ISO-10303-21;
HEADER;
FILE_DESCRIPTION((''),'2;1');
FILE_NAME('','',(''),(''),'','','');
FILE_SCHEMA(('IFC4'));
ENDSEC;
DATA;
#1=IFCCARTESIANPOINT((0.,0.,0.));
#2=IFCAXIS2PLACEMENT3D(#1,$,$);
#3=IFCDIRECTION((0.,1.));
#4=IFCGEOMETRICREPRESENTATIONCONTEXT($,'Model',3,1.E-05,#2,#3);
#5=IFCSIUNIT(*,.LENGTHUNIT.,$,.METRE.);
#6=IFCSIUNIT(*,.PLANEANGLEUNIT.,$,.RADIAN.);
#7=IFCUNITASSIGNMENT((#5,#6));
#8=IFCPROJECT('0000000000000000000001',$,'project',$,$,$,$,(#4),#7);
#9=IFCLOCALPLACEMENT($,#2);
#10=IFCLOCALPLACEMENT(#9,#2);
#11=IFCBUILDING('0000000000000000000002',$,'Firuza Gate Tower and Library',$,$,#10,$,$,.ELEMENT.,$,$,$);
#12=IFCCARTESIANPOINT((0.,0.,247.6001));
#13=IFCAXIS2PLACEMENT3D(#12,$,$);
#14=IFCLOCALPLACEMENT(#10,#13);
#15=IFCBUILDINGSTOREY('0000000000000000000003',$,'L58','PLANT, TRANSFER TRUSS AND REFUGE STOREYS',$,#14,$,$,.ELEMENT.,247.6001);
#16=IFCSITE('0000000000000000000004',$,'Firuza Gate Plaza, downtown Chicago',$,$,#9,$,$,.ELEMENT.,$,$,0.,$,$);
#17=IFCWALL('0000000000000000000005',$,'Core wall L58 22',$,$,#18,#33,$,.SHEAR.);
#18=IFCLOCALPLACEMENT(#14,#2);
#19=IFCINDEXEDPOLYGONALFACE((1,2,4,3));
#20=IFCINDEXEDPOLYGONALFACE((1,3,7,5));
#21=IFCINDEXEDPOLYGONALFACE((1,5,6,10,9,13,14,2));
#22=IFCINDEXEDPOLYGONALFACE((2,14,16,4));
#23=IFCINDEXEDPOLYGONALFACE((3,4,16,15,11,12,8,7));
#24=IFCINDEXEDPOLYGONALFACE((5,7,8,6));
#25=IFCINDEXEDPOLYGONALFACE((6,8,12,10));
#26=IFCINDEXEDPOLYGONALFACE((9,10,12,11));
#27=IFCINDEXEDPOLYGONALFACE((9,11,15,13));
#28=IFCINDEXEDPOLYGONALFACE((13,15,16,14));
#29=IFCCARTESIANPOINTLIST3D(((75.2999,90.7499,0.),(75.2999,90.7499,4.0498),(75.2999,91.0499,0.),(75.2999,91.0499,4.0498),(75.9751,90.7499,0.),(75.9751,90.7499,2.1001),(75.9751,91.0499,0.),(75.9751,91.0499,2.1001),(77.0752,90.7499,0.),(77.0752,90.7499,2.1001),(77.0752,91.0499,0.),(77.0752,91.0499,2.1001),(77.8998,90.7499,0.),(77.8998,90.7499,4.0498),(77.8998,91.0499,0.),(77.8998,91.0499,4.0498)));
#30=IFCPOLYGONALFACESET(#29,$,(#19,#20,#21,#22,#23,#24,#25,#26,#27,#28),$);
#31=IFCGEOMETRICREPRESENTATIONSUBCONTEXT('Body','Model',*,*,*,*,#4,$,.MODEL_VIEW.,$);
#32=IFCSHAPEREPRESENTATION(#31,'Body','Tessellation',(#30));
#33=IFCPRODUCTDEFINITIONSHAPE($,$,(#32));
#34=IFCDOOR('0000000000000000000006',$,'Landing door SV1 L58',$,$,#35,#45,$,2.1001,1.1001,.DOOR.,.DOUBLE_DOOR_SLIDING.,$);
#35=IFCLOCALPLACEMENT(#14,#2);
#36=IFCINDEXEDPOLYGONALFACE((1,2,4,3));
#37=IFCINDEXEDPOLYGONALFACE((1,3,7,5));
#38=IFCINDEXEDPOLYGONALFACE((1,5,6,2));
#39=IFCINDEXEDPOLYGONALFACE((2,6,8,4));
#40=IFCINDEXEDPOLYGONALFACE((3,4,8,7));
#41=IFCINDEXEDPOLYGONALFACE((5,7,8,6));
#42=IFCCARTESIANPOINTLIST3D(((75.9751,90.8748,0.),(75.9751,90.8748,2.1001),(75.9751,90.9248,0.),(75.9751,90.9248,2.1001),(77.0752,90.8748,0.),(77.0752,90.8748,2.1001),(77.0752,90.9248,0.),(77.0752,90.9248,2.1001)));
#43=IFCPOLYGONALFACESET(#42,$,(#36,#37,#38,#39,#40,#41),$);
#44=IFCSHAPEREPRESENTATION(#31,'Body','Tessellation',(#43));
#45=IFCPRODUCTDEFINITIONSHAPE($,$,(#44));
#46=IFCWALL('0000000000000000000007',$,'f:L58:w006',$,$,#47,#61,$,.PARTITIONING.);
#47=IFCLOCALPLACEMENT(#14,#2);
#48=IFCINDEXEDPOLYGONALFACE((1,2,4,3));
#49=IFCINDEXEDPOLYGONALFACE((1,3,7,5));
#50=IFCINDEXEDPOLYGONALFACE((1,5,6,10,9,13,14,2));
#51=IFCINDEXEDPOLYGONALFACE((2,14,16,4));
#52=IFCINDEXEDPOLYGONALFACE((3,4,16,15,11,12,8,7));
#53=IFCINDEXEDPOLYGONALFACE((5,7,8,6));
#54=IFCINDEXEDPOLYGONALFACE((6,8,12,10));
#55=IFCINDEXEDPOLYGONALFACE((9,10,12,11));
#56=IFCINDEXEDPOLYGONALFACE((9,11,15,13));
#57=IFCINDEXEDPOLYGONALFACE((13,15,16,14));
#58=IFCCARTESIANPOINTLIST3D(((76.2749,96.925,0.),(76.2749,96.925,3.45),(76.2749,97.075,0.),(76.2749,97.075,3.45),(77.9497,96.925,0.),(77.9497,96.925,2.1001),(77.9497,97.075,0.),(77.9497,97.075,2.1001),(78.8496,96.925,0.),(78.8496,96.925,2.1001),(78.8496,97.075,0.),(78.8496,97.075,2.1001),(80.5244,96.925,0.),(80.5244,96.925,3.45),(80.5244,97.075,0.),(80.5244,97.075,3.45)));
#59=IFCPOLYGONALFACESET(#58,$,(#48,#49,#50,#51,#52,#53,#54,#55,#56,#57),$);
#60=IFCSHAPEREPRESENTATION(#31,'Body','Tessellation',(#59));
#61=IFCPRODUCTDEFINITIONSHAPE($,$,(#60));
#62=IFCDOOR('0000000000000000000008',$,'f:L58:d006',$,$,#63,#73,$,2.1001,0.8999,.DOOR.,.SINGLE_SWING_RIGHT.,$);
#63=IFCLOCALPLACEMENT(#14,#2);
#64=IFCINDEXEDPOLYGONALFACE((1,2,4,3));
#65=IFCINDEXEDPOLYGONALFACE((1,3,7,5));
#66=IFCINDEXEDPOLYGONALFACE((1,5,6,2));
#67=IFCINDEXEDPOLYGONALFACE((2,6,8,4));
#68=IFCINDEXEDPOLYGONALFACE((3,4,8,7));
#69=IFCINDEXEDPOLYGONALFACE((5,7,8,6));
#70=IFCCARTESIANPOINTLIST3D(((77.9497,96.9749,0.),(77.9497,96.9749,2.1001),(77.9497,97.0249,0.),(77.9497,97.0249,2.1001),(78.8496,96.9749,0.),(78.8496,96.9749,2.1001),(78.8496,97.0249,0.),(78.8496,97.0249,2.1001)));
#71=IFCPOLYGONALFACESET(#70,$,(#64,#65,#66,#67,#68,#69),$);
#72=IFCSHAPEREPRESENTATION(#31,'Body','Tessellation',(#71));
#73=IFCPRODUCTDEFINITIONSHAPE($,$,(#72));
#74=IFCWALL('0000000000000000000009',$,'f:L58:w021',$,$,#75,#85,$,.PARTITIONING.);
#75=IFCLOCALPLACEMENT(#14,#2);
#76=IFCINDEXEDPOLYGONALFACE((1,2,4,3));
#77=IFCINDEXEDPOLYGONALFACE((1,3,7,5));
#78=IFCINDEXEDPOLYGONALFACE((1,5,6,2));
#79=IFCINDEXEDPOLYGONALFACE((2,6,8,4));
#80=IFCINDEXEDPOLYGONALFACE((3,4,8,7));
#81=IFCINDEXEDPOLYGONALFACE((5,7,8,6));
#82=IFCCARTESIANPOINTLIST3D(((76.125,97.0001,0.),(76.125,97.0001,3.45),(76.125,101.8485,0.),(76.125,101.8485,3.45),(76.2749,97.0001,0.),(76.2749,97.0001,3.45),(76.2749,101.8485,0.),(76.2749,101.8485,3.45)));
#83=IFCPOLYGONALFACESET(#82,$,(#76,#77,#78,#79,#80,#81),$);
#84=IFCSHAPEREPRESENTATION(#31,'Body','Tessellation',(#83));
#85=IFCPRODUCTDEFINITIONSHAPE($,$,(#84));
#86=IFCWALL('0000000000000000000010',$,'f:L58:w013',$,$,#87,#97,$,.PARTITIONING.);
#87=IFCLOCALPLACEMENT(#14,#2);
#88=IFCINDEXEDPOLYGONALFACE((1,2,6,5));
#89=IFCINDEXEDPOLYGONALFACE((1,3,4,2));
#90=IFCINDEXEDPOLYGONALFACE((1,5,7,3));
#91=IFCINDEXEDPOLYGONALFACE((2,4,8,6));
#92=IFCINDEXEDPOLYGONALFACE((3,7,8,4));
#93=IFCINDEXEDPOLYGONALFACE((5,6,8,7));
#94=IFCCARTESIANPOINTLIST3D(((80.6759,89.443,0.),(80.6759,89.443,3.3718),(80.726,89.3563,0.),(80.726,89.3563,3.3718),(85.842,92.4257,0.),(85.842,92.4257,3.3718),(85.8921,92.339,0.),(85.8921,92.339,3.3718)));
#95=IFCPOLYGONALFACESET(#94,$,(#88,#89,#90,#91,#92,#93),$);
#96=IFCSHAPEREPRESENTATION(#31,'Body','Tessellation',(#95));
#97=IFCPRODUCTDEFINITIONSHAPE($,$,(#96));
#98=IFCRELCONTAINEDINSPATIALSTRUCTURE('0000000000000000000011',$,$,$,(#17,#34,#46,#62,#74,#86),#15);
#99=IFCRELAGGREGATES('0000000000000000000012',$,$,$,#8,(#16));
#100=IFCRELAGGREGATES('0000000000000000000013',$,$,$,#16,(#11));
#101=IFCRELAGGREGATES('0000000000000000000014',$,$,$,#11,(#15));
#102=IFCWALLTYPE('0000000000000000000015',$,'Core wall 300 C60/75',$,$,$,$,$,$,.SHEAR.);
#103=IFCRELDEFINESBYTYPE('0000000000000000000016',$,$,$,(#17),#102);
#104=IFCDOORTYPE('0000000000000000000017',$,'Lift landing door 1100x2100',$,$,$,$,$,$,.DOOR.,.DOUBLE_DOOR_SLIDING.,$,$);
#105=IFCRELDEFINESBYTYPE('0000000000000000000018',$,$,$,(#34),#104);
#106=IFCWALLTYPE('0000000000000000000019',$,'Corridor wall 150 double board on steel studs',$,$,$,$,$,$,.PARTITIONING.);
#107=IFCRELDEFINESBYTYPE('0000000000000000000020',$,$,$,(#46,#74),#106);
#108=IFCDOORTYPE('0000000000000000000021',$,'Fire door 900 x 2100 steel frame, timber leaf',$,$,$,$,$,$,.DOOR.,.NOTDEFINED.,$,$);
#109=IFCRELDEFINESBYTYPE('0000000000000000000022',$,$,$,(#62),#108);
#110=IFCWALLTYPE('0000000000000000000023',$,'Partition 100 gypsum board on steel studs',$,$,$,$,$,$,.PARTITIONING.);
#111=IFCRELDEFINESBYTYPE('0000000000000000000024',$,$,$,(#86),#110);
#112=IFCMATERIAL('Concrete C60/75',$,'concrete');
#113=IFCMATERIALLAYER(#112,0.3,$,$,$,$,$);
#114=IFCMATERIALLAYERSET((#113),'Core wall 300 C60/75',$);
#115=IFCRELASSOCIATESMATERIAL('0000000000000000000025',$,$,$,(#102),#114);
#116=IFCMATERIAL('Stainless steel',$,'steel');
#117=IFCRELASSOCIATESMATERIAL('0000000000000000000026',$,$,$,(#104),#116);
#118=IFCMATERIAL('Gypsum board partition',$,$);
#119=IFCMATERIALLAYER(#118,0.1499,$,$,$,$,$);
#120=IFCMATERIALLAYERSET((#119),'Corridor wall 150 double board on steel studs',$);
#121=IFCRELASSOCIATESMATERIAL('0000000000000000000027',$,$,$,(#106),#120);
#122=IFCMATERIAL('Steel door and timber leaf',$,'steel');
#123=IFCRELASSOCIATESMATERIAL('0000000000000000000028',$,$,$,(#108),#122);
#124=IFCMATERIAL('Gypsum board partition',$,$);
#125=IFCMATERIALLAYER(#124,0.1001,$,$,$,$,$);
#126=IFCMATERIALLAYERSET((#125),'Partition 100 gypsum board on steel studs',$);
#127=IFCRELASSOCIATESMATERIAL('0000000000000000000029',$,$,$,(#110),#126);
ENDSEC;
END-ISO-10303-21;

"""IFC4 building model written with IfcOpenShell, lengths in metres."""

from ifc_helpers import new_model, si_unit, direction, frame, frame_2d, origin, place, context, subcontext, project, spatial, rectangle, extrude, material, layer, layer_set, type_object, element, fill, save


model = new_model("IFC4")

# Units and contexts
model_context = context("Model", 3, precision=1e-05, world=origin(), true_north=direction((0.0, 1.0)))
body_context = subcontext(model_context, "Body", "Model", "MODEL_VIEW")
ifc_project = project(units=[si_unit("LENGTHUNIT", "METRE"), si_unit("PLANEANGLEUNIT", "RADIAN")], contexts=[model_context])

# Site, building, storey
site_placement = place(None, origin())
site = spatial("IfcSite", under=ifc_project, at=site_placement, Name="Firuza Gate Plaza, downtown Chicago", CompositionType="ELEMENT", RefElevation=0.0)
building_placement = place(site_placement, origin())
building = spatial("IfcBuilding", under=site, at=building_placement, Name="Firuza Gate Tower and Library", CompositionType="ELEMENT")
storey_placement = place(building_placement, frame((0.0, 0.0, 247.6001)))
storey = spatial("IfcBuildingStorey", under=building, at=storey_placement, Name="L58", Description="PLANT, TRANSFER TRUSS AND REFUGE STOREYS", CompositionType="ELEMENT", Elevation=247.6001)

# Walls, openings, doors
ifc_material_1 = material(Name="Concrete C60/75", Category="concrete")
ifc_layer_1 = layer(ifc_material_1, 0.3)
ifc_layer_set_1 = layer_set([ifc_layer_1], Name="Core wall 300 C60/75")
wall_type_1 = type_object("IfcWallType", Name="Core wall 300 C60/75", PredefinedType="SHEAR", material=ifc_layer_set_1)
wall_1_placement = place(storey_placement, frame((75.3, 90.8999, 0.0), z_axis=(0.0, 0.0, 1.0), x_axis=(1.0, 0.0, 0.0)))
wall_1 = element("IfcWall", 1, at=wall_1_placement, inside=storey, type_object=wall_type_1, Name="Core wall L58 22", PredefinedType="SHEAR", context=body_context, shape_type="SweptSolid", body=[
    extrude(rectangle(XDim=2.5999, YDim=0.3, at=frame_2d((1.2998, 0.0))), origin(), (0.0, 0.0, 1.0), 4.0498),
])
opening_1_placement = place(wall_1_placement, frame((0.675, 0.0, 0.0)))
opening_1 = element("IfcOpeningElement", 2, at=opening_1_placement, cuts=wall_1, PredefinedType="OPENING", context=body_context, shape_type="SweptSolid", body=[
    extrude(rectangle(XDim=1.1001, YDim=2.1001, at=frame_2d((0.55, 1.05))), frame((0.0, 0.1602, 0.0), z_axis=(0.0, -1.0, 0.0), x_axis=(1.0, 0.0, 0.0)), (0.0, 0.0, 1.0), 0.3201),
])
ifc_material_2 = material(Name="Stainless steel", Category="steel")
door_type_1 = type_object("IfcDoorType", Name="Lift landing door 1100x2100", OperationType="DOUBLE_DOOR_SLIDING", PredefinedType="DOOR", material=ifc_material_2)
door_1_placement = place(opening_1_placement, origin())
door_1 = element("IfcDoor", 3, at=door_1_placement, inside=storey, type_object=door_type_1, Name="Landing door SV1 L58", OperationType="DOUBLE_DOOR_SLIDING", OverallHeight=2.1001, OverallWidth=1.1001, PredefinedType="DOOR", context=body_context, shape_type="SweptSolid", body=[
    extrude(rectangle(XDim=1.1001, YDim=2.1001, at=frame_2d((0.55, 1.05))), frame((0.0, 0.0249, 0.0), z_axis=(0.0, -1.0, 0.0), x_axis=(1.0, 0.0, 0.0)), (0.0, 0.0, 1.0), 0.05),
])
fill(opening_1, door_1)
ifc_material_3 = material(Name="Gypsum board partition")
ifc_layer_2 = layer(ifc_material_3, 0.1499)
ifc_layer_set_2 = layer_set([ifc_layer_2], Name="Corridor wall 150 double board on steel studs")
wall_type_2 = type_object("IfcWallType", Name="Corridor wall 150 double board on steel studs", PredefinedType="PARTITIONING", material=ifc_layer_set_2)
wall_2_placement = place(storey_placement, frame((76.2749, 97.0, 0.0), z_axis=(0.0, 0.0, 1.0), x_axis=(1.0, 0.0, 0.0)))
wall_2 = element("IfcWall", 4, at=wall_2_placement, inside=storey, type_object=wall_type_2, Name="f:L58:w006", PredefinedType="PARTITIONING", context=body_context, shape_type="SweptSolid", body=[
    extrude(rectangle(XDim=4.2495, YDim=0.1499, at=frame_2d((2.1248, 0.0))), origin(), (0.0, 0.0, 1.0), 3.45),
])
opening_2_placement = place(wall_2_placement, frame((1.6748, 0.0, 0.0)))
opening_2 = element("IfcOpeningElement", 5, at=opening_2_placement, cuts=wall_2, PredefinedType="OPENING", context=body_context, shape_type="SweptSolid", body=[
    extrude(rectangle(XDim=0.8999, YDim=2.1001, at=frame_2d((0.45, 1.05))), frame((0.0, 0.085, 0.0), z_axis=(0.0, -1.0, 0.0), x_axis=(1.0, 0.0, 0.0)), (0.0, 0.0, 1.0), 0.1699),
])
ifc_material_4 = material(Name="Steel door and timber leaf", Category="steel")
door_type_2 = type_object("IfcDoorType", Name="Fire door 900 x 2100 steel frame, timber leaf", OperationType="NOTDEFINED", PredefinedType="DOOR", material=ifc_material_4)
door_2_placement = place(opening_2_placement, origin())
door_2 = element("IfcDoor", 6, at=door_2_placement, inside=storey, type_object=door_type_2, Name="f:L58:d006", OperationType="SINGLE_SWING_RIGHT", OverallHeight=2.1001, OverallWidth=0.8999, PredefinedType="DOOR", context=body_context, shape_type="SweptSolid", body=[
    extrude(rectangle(XDim=0.8999, YDim=2.1001, at=frame_2d((0.45, 1.05))), frame((0.0, 0.0249, 0.0), z_axis=(0.0, -1.0, 0.0), x_axis=(1.0, 0.0, 0.0)), (0.0, 0.0, 1.0), 0.05),
])
fill(opening_2, door_2)

# Walls
wall_3_placement = place(storey_placement, frame((76.2, 97.0, 0.0), z_axis=(0.0, 0.0, 1.0), x_axis=(0.0, 1.0, 0.0)))
element("IfcWall", 7, at=wall_3_placement, inside=storey, type_object=wall_type_2, Name="f:L58:w021", PredefinedType="PARTITIONING", context=body_context, shape_type="SweptSolid", body=[
    extrude(rectangle(XDim=4.8484, YDim=0.1499, at=frame_2d((2.4243, 0.0))), origin(), (0.0, 0.0, 1.0), 3.45),
])
ifc_material_5 = material(Name="Gypsum board partition")
ifc_layer_3 = layer(ifc_material_5, 0.1001)
ifc_layer_set_3 = layer_set([ifc_layer_3], Name="Partition 100 gypsum board on steel studs")
wall_type_3 = type_object("IfcWallType", Name="Partition 100 gypsum board on steel studs", PredefinedType="PARTITIONING", material=ifc_layer_set_3)
wall_4_placement = place(storey_placement, frame((80.7009, 89.3997, 0.0), z_axis=(0.0, 0.0, 1.0), x_axis=(0.866021, 0.500008, 0.0)))
element("IfcWall", 8, at=wall_4_placement, inside=storey, type_object=wall_type_3, Name="f:L58:w013", PredefinedType="PARTITIONING", context=body_context, shape_type="SweptSolid", body=[
    extrude(rectangle(XDim=5.9653, YDim=0.1001, at=frame_2d((2.9827, 0.0))), origin(), (0.0, 0.0, 1.0), 3.3718),
])

save(model, "model.ifc")
